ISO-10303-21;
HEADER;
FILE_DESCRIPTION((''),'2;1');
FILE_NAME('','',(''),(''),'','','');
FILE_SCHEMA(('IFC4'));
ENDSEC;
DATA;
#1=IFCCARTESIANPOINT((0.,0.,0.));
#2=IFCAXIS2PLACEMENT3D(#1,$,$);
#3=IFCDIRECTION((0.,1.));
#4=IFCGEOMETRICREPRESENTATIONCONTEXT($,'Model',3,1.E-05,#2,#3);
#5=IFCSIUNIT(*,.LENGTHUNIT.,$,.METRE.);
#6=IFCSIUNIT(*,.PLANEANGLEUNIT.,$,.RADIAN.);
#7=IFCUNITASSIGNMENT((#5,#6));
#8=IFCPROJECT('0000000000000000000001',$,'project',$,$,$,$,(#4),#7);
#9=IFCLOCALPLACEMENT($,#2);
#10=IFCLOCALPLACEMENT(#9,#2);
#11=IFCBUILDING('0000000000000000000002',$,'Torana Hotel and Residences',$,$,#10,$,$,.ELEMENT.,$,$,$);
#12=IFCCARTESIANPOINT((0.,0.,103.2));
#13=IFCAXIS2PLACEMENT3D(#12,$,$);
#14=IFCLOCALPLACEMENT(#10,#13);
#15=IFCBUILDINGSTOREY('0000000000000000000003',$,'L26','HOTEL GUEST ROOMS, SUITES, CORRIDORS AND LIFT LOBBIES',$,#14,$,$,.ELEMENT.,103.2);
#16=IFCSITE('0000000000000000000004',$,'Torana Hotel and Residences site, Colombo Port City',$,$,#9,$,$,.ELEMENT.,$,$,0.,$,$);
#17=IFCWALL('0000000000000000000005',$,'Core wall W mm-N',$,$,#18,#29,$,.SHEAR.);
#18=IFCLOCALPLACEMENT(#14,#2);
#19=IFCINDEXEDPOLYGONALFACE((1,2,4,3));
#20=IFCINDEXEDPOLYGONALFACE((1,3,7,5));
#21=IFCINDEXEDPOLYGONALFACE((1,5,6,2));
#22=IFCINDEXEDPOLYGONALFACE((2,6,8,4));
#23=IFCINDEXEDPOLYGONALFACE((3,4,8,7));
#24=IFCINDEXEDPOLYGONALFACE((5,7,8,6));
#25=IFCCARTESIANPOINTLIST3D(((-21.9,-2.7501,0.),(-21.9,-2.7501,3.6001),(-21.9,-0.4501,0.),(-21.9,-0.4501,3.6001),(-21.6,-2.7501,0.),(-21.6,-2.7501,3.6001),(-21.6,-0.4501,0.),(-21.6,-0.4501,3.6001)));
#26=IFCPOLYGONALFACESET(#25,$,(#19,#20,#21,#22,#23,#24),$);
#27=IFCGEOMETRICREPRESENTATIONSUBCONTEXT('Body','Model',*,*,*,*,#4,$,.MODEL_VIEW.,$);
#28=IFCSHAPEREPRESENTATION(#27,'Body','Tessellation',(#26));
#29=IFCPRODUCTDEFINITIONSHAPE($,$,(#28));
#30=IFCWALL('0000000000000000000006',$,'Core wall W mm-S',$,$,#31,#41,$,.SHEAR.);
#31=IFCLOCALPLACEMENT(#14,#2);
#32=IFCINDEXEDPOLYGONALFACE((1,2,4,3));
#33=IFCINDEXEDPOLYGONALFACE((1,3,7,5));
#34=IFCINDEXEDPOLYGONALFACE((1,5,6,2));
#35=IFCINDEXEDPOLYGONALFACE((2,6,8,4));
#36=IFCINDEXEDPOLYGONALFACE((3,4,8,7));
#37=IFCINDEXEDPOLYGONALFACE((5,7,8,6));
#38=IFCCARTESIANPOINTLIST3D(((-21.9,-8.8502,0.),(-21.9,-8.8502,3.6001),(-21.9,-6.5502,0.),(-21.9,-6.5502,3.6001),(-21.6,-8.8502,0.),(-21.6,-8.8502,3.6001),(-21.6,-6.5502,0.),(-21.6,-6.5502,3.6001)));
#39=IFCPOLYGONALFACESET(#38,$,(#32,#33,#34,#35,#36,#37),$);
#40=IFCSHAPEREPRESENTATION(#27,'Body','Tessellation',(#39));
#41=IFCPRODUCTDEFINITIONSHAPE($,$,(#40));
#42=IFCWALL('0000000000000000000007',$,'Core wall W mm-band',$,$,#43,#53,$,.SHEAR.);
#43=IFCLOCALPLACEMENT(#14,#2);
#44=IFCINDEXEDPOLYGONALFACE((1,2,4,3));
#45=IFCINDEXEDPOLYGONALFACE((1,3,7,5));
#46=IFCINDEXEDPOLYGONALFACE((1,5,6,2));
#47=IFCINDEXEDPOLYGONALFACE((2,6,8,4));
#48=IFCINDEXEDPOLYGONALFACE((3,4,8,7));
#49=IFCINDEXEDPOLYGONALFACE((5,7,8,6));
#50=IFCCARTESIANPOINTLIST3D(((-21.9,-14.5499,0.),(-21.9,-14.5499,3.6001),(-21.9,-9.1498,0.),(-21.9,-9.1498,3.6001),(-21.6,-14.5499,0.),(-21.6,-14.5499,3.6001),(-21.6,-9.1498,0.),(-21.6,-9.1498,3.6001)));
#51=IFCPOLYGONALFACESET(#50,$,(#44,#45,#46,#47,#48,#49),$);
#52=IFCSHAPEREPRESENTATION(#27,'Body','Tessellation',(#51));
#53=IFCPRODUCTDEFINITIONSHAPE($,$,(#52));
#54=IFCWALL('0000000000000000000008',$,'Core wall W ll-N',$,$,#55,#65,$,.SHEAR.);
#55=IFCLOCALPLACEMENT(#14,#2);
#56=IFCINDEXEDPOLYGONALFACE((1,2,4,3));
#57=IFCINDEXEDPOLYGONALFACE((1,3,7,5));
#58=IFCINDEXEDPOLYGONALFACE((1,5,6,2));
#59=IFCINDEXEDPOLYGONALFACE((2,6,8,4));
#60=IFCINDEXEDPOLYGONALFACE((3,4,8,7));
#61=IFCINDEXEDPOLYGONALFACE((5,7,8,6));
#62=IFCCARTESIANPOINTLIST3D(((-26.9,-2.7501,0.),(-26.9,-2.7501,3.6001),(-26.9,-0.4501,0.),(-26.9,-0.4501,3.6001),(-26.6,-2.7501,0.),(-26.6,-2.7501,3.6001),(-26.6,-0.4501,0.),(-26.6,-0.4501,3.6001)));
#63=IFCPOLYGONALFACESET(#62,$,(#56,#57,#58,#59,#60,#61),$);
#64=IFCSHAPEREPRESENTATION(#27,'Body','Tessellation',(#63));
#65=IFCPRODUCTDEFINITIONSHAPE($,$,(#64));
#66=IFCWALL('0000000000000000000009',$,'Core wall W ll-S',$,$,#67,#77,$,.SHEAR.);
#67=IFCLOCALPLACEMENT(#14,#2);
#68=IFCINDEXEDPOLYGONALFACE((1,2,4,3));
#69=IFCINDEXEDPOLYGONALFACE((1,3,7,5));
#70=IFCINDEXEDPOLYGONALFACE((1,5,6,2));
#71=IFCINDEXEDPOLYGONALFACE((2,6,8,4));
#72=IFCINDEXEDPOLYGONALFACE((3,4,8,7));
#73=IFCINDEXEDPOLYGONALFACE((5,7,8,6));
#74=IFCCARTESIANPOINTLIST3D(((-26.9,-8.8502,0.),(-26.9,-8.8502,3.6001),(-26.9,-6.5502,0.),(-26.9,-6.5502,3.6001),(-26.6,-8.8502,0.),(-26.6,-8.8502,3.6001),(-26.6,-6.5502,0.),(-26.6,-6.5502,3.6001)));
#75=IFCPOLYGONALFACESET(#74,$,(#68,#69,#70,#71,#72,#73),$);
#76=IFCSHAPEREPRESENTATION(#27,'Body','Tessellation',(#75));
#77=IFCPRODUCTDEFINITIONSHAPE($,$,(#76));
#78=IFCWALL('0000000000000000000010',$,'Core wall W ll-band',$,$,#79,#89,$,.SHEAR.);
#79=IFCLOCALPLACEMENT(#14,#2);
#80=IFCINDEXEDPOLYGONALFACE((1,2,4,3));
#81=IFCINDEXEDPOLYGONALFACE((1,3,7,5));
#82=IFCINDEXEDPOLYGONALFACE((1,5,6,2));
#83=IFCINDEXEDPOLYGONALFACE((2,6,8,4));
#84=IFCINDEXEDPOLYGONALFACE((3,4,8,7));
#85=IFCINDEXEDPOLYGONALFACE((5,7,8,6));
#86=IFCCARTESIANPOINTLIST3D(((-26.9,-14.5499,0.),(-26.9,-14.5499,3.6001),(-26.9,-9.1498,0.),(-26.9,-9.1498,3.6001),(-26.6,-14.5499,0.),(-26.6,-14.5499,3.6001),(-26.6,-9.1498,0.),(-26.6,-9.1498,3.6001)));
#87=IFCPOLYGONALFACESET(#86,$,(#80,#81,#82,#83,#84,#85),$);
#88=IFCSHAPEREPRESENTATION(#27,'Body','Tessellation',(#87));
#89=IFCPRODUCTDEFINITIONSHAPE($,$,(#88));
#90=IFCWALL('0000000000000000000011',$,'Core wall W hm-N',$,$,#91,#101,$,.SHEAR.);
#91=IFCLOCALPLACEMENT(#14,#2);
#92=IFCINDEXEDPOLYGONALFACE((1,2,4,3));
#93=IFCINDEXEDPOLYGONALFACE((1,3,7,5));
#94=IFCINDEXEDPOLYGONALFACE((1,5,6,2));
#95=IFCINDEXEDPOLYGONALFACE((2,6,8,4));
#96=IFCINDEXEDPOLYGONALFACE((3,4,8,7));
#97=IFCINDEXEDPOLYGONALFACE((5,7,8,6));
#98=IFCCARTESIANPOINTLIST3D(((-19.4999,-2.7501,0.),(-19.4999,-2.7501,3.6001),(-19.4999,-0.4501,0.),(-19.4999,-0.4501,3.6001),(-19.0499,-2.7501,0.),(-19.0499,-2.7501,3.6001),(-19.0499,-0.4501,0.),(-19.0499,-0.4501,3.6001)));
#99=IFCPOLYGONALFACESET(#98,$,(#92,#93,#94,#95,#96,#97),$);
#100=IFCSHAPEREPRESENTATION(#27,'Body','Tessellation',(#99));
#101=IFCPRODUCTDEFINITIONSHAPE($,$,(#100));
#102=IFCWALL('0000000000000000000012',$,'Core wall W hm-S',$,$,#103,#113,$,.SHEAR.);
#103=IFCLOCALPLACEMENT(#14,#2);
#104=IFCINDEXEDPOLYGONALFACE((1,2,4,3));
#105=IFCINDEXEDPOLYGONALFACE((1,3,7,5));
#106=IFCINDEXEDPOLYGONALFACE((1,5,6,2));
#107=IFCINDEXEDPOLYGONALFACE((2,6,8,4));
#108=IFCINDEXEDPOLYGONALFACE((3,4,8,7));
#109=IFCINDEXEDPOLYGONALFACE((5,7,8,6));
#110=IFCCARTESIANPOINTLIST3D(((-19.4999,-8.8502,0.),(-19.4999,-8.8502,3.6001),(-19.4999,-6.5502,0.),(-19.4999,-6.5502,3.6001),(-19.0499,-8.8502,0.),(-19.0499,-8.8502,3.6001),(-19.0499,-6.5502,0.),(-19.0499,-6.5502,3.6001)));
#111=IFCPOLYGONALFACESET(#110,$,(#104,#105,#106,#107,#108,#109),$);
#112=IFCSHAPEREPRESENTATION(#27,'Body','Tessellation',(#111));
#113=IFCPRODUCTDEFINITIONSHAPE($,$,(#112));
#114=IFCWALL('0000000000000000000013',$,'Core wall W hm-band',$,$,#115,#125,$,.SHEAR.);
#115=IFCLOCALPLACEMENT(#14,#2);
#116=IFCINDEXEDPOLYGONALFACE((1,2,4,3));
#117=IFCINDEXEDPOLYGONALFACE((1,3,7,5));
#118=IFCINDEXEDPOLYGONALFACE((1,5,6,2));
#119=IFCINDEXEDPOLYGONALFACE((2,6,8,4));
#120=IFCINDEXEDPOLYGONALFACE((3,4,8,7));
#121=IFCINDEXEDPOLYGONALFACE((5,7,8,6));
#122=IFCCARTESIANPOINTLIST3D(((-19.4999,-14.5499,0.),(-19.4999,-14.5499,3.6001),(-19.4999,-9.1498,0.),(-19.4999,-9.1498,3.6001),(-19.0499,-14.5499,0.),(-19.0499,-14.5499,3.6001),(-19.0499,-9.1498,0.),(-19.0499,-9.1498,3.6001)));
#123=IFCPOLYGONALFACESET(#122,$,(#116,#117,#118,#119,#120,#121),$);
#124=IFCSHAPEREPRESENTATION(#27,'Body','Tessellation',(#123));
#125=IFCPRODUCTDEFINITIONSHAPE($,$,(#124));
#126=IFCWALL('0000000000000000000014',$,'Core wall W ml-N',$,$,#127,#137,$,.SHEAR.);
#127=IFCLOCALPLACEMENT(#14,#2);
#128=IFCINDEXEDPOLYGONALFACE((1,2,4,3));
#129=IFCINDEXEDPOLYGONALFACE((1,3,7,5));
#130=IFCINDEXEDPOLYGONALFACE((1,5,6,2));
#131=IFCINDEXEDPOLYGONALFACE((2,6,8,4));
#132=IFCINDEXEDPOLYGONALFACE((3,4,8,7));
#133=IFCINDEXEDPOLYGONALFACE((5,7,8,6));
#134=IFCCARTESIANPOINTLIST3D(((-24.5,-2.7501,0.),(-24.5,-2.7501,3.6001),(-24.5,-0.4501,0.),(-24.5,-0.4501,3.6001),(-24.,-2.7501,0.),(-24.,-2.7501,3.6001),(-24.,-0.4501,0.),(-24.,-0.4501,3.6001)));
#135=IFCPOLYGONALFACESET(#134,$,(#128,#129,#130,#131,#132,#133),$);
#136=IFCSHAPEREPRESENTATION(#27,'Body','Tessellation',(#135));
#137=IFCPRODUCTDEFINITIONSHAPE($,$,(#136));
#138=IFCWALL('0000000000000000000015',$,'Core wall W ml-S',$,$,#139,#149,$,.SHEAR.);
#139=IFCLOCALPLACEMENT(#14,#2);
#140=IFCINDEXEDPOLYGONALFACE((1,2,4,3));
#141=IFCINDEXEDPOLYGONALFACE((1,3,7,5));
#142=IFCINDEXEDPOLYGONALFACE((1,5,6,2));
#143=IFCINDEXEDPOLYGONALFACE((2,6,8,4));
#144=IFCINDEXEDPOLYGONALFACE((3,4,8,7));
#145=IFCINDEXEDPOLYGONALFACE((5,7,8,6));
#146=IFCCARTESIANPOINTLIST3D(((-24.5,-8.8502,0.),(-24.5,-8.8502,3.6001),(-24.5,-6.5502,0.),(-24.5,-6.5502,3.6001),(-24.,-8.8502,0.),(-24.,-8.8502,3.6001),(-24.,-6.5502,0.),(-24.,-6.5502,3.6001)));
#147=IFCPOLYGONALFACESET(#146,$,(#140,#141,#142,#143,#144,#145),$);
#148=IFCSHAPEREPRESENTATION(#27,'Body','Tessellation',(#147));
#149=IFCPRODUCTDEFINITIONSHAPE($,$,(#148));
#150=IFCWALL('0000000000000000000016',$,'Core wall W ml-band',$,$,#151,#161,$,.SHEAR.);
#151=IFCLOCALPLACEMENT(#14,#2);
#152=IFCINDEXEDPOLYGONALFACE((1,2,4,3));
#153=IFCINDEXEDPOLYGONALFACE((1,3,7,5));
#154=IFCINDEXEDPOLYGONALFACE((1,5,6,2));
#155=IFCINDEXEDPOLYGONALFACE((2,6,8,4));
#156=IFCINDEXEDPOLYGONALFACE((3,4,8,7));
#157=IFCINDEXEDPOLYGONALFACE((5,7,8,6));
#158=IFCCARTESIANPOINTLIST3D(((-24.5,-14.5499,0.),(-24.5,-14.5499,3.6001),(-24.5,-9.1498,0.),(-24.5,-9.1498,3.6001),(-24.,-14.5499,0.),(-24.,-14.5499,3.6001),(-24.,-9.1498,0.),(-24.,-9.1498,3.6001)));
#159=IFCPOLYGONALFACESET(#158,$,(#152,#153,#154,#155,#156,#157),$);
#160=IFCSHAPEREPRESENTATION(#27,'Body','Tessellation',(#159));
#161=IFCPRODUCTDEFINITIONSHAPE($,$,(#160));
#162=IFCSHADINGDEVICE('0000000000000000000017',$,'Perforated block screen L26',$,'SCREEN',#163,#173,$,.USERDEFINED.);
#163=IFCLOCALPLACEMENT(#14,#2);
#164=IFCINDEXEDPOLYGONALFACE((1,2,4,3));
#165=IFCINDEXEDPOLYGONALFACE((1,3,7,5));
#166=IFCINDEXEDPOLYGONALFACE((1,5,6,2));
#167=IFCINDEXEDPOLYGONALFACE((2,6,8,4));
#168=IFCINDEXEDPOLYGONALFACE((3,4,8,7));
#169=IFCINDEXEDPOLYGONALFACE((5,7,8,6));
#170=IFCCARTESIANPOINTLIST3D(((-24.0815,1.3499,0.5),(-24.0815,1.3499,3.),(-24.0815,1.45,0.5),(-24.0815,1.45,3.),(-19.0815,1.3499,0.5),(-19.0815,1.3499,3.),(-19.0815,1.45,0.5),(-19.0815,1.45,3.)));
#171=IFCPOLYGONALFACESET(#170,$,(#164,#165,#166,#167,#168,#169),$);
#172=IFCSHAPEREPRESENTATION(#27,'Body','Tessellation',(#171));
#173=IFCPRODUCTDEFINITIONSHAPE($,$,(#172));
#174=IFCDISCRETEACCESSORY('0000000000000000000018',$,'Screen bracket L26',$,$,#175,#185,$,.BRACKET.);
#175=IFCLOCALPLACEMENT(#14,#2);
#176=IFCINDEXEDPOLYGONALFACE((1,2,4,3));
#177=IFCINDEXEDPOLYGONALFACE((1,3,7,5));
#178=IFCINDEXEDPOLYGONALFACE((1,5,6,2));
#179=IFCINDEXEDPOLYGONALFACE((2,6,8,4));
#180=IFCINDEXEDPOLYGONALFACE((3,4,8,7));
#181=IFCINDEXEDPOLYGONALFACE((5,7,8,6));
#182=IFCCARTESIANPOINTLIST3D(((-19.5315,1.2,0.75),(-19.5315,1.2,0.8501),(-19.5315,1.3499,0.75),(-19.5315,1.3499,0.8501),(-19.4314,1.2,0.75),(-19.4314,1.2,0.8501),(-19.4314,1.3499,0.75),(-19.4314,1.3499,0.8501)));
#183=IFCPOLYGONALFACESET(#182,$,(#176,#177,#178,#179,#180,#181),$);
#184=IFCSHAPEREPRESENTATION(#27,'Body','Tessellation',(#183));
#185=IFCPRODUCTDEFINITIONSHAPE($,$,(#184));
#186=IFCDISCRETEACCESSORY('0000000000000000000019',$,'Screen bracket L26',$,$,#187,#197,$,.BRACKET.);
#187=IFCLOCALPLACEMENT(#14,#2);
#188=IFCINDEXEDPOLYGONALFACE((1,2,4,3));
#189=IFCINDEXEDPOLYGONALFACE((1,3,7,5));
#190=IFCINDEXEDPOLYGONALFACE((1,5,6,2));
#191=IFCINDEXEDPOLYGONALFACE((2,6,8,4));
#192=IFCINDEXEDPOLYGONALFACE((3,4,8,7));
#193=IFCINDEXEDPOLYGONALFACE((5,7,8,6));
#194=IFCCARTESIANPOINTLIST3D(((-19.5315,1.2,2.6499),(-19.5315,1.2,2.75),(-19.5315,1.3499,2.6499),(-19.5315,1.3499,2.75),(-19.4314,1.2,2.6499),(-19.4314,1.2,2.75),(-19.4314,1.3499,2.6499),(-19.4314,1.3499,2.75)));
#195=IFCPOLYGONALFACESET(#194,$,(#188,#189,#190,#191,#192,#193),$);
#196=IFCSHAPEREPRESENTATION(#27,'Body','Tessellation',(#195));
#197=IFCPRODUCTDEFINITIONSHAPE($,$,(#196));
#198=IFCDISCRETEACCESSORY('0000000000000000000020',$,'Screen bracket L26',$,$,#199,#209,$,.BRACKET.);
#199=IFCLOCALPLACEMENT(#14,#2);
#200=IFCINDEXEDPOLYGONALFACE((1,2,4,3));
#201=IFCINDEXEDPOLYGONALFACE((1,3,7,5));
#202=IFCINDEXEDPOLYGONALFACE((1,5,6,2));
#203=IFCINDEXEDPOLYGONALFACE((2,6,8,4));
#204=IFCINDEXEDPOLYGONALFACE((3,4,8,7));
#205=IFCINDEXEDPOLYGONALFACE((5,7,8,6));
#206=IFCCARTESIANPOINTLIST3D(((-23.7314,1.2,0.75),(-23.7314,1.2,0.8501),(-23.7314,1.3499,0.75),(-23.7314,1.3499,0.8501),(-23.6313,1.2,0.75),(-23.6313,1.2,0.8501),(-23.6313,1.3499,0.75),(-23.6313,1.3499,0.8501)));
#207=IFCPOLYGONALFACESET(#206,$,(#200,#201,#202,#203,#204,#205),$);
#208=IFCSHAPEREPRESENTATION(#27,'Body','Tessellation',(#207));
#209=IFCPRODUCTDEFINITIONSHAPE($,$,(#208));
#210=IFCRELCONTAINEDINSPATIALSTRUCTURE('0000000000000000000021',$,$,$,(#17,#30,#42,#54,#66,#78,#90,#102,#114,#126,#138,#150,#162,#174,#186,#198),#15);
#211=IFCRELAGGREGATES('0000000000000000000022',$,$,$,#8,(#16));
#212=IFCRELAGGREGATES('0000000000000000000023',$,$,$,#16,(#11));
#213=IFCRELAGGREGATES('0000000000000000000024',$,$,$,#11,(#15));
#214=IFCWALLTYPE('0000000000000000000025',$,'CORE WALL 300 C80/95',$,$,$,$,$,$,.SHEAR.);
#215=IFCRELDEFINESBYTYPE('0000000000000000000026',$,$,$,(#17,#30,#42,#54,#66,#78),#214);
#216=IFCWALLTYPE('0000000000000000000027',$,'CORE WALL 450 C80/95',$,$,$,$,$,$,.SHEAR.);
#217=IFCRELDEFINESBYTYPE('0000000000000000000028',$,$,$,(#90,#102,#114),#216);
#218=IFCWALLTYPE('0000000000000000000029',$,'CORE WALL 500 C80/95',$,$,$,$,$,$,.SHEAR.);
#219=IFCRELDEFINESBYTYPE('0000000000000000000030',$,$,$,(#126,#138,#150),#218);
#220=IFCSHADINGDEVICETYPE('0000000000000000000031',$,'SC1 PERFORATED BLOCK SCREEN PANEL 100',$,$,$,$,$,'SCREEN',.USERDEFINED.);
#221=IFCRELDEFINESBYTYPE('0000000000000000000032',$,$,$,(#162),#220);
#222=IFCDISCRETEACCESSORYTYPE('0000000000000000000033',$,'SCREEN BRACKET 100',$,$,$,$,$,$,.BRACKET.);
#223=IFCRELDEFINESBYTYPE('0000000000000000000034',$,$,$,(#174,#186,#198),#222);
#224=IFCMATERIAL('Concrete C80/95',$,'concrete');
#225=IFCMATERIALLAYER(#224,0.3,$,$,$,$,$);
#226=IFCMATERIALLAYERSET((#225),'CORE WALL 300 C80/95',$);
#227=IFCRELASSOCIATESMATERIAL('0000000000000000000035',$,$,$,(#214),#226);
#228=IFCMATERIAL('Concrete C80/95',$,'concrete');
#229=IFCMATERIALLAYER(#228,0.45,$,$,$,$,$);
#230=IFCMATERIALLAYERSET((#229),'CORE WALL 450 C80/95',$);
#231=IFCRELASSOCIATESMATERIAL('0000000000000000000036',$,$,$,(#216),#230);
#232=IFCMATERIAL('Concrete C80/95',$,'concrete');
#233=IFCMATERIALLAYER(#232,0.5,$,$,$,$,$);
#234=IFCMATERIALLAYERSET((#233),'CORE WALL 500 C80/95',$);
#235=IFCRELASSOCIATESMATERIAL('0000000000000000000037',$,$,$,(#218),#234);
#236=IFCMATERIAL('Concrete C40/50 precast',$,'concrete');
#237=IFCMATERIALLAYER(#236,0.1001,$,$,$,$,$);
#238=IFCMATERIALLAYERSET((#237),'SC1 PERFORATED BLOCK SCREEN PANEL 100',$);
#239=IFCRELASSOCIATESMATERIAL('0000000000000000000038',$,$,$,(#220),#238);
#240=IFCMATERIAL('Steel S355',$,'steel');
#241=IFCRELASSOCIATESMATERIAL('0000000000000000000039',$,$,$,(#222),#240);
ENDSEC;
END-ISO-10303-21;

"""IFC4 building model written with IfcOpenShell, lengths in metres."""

from ifc_helpers import new_model, si_unit, direction, frame, frame_2d, origin, origin_2d, place, context, subcontext, project, spatial, rectangle, extrude, material, layer, layer_set, type_object, element, save


model = new_model("IFC4")

# Units and contexts
model_context = context("Model", 3, precision=1e-05, world=origin(), true_north=direction((0.0, 1.0)))
body_context = subcontext(model_context, "Body", "Model", "MODEL_VIEW")
ifc_project = project(units=[si_unit("LENGTHUNIT", "METRE"), si_unit("PLANEANGLEUNIT", "RADIAN")], contexts=[model_context])

# Site, building, storey
site_placement = place(None, origin())
site = spatial("IfcSite", under=ifc_project, at=site_placement, Name="Torana Hotel and Residences site, Colombo Port City", CompositionType="ELEMENT", RefElevation=0.0)
building_placement = place(site_placement, origin())
building = spatial("IfcBuilding", under=site, at=building_placement, Name="Torana Hotel and Residences", CompositionType="ELEMENT")
storey_placement = place(building_placement, frame((0.0, 0.0, 103.2)))
storey = spatial("IfcBuildingStorey", under=building, at=storey_placement, Name="L26", Description="HOTEL GUEST ROOMS, SUITES, CORRIDORS AND LIFT LOBBIES", CompositionType="ELEMENT", Elevation=103.2)

# Walls
ifc_material_1 = material(Name="Concrete C80/95", Category="concrete")
ifc_layer_1 = layer(ifc_material_1, 0.3)
ifc_layer_set_1 = layer_set([ifc_layer_1], Name="CORE WALL 300 C80/95")
wall_type_1 = type_object("IfcWallType", Name="CORE WALL 300 C80/95", PredefinedType="SHEAR", material=ifc_layer_set_1)
for number, where, z_axis, x_axis, name in (
    (1, (-21.75, -2.75, 0.0), (0.0, 0.0, 1.0), (0.0, 1.0, 0.0), "Core wall W mm-N"),
    (2, (-21.75, -8.8501, 0.0), (0.0, 0.0, 1.0), (0.0, 1.0, 0.0), "Core wall W mm-S"),
):
    element("IfcWall", number, at=place(storey_placement, frame(where, z_axis=z_axis, x_axis=x_axis)), inside=storey, type_object=wall_type_1, Name=name, PredefinedType="SHEAR", context=body_context, shape_type="SweptSolid", body=[
        extrude(rectangle(XDim=2.3, YDim=0.3, at=frame_2d((1.1499, 0.0))), origin(), (0.0, 0.0, 1.0), 3.6001),
    ])
wall_1_placement = place(storey_placement, frame((-21.75, -14.55, 0.0), z_axis=(0.0, 0.0, 1.0), x_axis=(0.0, 1.0, 0.0)))
element("IfcWall", 3, at=wall_1_placement, inside=storey, type_object=wall_type_1, Name="Core wall W mm-band", PredefinedType="SHEAR", context=body_context, shape_type="SweptSolid", body=[
    extrude(rectangle(XDim=5.4001, YDim=0.3, at=frame_2d((2.7002, 0.0))), origin(), (0.0, 0.0, 1.0), 3.6001),
])
for number, where, z_axis, x_axis, name in (
    (4, (-26.75, -2.75, 0.0), (0.0, 0.0, 1.0), (0.0, 1.0, 0.0), "Core wall W ll-N"),
    (5, (-26.75, -8.8501, 0.0), (0.0, 0.0, 1.0), (0.0, 1.0, 0.0), "Core wall W ll-S"),
):
    element("IfcWall", number, at=place(storey_placement, frame(where, z_axis=z_axis, x_axis=x_axis)), inside=storey, type_object=wall_type_1, Name=name, PredefinedType="SHEAR", context=body_context, shape_type="SweptSolid", body=[
        extrude(rectangle(XDim=2.3, YDim=0.3, at=frame_2d((1.1499, 0.0))), origin(), (0.0, 0.0, 1.0), 3.6001),
    ])
wall_2_placement = place(storey_placement, frame((-26.75, -14.55, 0.0), z_axis=(0.0, 0.0, 1.0), x_axis=(0.0, 1.0, 0.0)))
element("IfcWall", 6, at=wall_2_placement, inside=storey, type_object=wall_type_1, Name="Core wall W ll-band", PredefinedType="SHEAR", context=body_context, shape_type="SweptSolid", body=[
    extrude(rectangle(XDim=5.4001, YDim=0.3, at=frame_2d((2.7002, 0.0))), origin(), (0.0, 0.0, 1.0), 3.6001),
])
ifc_material_2 = material(Name="Concrete C80/95", Category="concrete")
ifc_layer_2 = layer(ifc_material_2, 0.45)
ifc_layer_set_2 = layer_set([ifc_layer_2], Name="CORE WALL 450 C80/95")
wall_type_2 = type_object("IfcWallType", Name="CORE WALL 450 C80/95", PredefinedType="SHEAR", material=ifc_layer_set_2)
for number, where, z_axis, x_axis, name in (
    (7, (-19.2749, -2.75, 0.0), (0.0, 0.0, 1.0), (0.0, 1.0, 0.0), "Core wall W hm-N"),
    (8, (-19.2749, -8.8501, 0.0), (0.0, 0.0, 1.0), (0.0, 1.0, 0.0), "Core wall W hm-S"),
):
    element("IfcWall", number, at=place(storey_placement, frame(where, z_axis=z_axis, x_axis=x_axis)), inside=storey, type_object=wall_type_2, Name=name, PredefinedType="SHEAR", context=body_context, shape_type="SweptSolid", body=[
        extrude(rectangle(XDim=2.3, YDim=0.45, at=frame_2d((1.1499, 0.0))), origin(), (0.0, 0.0, 1.0), 3.6001),
    ])
wall_3_placement = place(storey_placement, frame((-19.2749, -14.55, 0.0), z_axis=(0.0, 0.0, 1.0), x_axis=(0.0, 1.0, 0.0)))
element("IfcWall", 9, at=wall_3_placement, inside=storey, type_object=wall_type_2, Name="Core wall W hm-band", PredefinedType="SHEAR", context=body_context, shape_type="SweptSolid", body=[
    extrude(rectangle(XDim=5.4001, YDim=0.45, at=frame_2d((2.7002, 0.0))), origin(), (0.0, 0.0, 1.0), 3.6001),
])
ifc_material_3 = material(Name="Concrete C80/95", Category="concrete")
ifc_layer_3 = layer(ifc_material_3, 0.5)
ifc_layer_set_3 = layer_set([ifc_layer_3], Name="CORE WALL 500 C80/95")
wall_type_3 = type_object("IfcWallType", Name="CORE WALL 500 C80/95", PredefinedType="SHEAR", material=ifc_layer_set_3)
for number, where, z_axis, x_axis, name in (
    (10, (-24.25, -2.75, 0.0), (0.0, 0.0, 1.0), (0.0, 1.0, 0.0), "Core wall W ml-N"),
    (11, (-24.25, -8.8501, 0.0), (0.0, 0.0, 1.0), (0.0, 1.0, 0.0), "Core wall W ml-S"),
):
    element("IfcWall", number, at=place(storey_placement, frame(where, z_axis=z_axis, x_axis=x_axis)), inside=storey, type_object=wall_type_3, Name=name, PredefinedType="SHEAR", context=body_context, shape_type="SweptSolid", body=[
        extrude(rectangle(XDim=2.3, YDim=0.5, at=frame_2d((1.1499, 0.0))), origin(), (0.0, 0.0, 1.0), 3.6001),
    ])
wall_4_placement = place(storey_placement, frame((-24.25, -14.55, 0.0), z_axis=(0.0, 0.0, 1.0), x_axis=(0.0, 1.0, 0.0)))
element("IfcWall", 12, at=wall_4_placement, inside=storey, type_object=wall_type_3, Name="Core wall W ml-band", PredefinedType="SHEAR", context=body_context, shape_type="SweptSolid", body=[
    extrude(rectangle(XDim=5.4001, YDim=0.5, at=frame_2d((2.7002, 0.0))), origin(), (0.0, 0.0, 1.0), 3.6001),
])

# Shading device
ifc_material_4 = material(Name="Concrete C40/50 precast", Category="concrete")
ifc_layer_4 = layer(ifc_material_4, 0.1001)
ifc_layer_set_4 = layer_set([ifc_layer_4], Name="SC1 PERFORATED BLOCK SCREEN PANEL 100")
shading_device_type = type_object("IfcShadingDeviceType", Name="SC1 PERFORATED BLOCK SCREEN PANEL 100", ElementType="SCREEN", PredefinedType="USERDEFINED", material=ifc_layer_set_4)
shading_device_placement = place(storey_placement, frame((-21.5815, 1.3999, 0.5), z_axis=(0.0, 0.0, 1.0), x_axis=(-1.0, 0.0, 0.0)))
element("IfcShadingDevice", 13, at=shading_device_placement, inside=storey, type_object=shading_device_type, Name="Perforated block screen L26", ObjectType="SCREEN", PredefinedType="USERDEFINED", context=body_context, shape_type="SweptSolid", body=[
    extrude(rectangle(XDim=5.0, YDim=0.1001, at=origin_2d()), origin(), (0.0, 0.0, 1.0), 2.5),
])

# Discrete accessories
ifc_material_5 = material(Name="Steel S355", Category="steel")
discrete_accessory_type = type_object("IfcDiscreteAccessoryType", Name="SCREEN BRACKET 100", PredefinedType="BRACKET", material=ifc_material_5)
for number, where, z_axis, x_axis, name in (
    (14, (-19.4814, 1.2749, 0.75), (0.0, 0.0, 1.0), (-1.0, 0.0, 0.0), "Screen bracket L26"),
    (15, (-19.4814, 1.2749, 2.6499), (0.0, 0.0, 1.0), (-1.0, 0.0, 0.0), "Screen bracket L26"),
    (16, (-23.6814, 1.2749, 0.75), (0.0, 0.0, 1.0), (-1.0, 0.0, 0.0), "Screen bracket L26"),
):
    element("IfcDiscreteAccessory", number, at=place(storey_placement, frame(where, z_axis=z_axis, x_axis=x_axis)), inside=storey, type_object=discrete_accessory_type, Name=name, PredefinedType="BRACKET", context=body_context, shape_type="SweptSolid", body=[
        extrude(rectangle(XDim=0.1001, YDim=0.1499, at=origin_2d()), origin(), (0.0, 0.0, 1.0), 0.1001),
    ])

save(model, "model.ifc")
